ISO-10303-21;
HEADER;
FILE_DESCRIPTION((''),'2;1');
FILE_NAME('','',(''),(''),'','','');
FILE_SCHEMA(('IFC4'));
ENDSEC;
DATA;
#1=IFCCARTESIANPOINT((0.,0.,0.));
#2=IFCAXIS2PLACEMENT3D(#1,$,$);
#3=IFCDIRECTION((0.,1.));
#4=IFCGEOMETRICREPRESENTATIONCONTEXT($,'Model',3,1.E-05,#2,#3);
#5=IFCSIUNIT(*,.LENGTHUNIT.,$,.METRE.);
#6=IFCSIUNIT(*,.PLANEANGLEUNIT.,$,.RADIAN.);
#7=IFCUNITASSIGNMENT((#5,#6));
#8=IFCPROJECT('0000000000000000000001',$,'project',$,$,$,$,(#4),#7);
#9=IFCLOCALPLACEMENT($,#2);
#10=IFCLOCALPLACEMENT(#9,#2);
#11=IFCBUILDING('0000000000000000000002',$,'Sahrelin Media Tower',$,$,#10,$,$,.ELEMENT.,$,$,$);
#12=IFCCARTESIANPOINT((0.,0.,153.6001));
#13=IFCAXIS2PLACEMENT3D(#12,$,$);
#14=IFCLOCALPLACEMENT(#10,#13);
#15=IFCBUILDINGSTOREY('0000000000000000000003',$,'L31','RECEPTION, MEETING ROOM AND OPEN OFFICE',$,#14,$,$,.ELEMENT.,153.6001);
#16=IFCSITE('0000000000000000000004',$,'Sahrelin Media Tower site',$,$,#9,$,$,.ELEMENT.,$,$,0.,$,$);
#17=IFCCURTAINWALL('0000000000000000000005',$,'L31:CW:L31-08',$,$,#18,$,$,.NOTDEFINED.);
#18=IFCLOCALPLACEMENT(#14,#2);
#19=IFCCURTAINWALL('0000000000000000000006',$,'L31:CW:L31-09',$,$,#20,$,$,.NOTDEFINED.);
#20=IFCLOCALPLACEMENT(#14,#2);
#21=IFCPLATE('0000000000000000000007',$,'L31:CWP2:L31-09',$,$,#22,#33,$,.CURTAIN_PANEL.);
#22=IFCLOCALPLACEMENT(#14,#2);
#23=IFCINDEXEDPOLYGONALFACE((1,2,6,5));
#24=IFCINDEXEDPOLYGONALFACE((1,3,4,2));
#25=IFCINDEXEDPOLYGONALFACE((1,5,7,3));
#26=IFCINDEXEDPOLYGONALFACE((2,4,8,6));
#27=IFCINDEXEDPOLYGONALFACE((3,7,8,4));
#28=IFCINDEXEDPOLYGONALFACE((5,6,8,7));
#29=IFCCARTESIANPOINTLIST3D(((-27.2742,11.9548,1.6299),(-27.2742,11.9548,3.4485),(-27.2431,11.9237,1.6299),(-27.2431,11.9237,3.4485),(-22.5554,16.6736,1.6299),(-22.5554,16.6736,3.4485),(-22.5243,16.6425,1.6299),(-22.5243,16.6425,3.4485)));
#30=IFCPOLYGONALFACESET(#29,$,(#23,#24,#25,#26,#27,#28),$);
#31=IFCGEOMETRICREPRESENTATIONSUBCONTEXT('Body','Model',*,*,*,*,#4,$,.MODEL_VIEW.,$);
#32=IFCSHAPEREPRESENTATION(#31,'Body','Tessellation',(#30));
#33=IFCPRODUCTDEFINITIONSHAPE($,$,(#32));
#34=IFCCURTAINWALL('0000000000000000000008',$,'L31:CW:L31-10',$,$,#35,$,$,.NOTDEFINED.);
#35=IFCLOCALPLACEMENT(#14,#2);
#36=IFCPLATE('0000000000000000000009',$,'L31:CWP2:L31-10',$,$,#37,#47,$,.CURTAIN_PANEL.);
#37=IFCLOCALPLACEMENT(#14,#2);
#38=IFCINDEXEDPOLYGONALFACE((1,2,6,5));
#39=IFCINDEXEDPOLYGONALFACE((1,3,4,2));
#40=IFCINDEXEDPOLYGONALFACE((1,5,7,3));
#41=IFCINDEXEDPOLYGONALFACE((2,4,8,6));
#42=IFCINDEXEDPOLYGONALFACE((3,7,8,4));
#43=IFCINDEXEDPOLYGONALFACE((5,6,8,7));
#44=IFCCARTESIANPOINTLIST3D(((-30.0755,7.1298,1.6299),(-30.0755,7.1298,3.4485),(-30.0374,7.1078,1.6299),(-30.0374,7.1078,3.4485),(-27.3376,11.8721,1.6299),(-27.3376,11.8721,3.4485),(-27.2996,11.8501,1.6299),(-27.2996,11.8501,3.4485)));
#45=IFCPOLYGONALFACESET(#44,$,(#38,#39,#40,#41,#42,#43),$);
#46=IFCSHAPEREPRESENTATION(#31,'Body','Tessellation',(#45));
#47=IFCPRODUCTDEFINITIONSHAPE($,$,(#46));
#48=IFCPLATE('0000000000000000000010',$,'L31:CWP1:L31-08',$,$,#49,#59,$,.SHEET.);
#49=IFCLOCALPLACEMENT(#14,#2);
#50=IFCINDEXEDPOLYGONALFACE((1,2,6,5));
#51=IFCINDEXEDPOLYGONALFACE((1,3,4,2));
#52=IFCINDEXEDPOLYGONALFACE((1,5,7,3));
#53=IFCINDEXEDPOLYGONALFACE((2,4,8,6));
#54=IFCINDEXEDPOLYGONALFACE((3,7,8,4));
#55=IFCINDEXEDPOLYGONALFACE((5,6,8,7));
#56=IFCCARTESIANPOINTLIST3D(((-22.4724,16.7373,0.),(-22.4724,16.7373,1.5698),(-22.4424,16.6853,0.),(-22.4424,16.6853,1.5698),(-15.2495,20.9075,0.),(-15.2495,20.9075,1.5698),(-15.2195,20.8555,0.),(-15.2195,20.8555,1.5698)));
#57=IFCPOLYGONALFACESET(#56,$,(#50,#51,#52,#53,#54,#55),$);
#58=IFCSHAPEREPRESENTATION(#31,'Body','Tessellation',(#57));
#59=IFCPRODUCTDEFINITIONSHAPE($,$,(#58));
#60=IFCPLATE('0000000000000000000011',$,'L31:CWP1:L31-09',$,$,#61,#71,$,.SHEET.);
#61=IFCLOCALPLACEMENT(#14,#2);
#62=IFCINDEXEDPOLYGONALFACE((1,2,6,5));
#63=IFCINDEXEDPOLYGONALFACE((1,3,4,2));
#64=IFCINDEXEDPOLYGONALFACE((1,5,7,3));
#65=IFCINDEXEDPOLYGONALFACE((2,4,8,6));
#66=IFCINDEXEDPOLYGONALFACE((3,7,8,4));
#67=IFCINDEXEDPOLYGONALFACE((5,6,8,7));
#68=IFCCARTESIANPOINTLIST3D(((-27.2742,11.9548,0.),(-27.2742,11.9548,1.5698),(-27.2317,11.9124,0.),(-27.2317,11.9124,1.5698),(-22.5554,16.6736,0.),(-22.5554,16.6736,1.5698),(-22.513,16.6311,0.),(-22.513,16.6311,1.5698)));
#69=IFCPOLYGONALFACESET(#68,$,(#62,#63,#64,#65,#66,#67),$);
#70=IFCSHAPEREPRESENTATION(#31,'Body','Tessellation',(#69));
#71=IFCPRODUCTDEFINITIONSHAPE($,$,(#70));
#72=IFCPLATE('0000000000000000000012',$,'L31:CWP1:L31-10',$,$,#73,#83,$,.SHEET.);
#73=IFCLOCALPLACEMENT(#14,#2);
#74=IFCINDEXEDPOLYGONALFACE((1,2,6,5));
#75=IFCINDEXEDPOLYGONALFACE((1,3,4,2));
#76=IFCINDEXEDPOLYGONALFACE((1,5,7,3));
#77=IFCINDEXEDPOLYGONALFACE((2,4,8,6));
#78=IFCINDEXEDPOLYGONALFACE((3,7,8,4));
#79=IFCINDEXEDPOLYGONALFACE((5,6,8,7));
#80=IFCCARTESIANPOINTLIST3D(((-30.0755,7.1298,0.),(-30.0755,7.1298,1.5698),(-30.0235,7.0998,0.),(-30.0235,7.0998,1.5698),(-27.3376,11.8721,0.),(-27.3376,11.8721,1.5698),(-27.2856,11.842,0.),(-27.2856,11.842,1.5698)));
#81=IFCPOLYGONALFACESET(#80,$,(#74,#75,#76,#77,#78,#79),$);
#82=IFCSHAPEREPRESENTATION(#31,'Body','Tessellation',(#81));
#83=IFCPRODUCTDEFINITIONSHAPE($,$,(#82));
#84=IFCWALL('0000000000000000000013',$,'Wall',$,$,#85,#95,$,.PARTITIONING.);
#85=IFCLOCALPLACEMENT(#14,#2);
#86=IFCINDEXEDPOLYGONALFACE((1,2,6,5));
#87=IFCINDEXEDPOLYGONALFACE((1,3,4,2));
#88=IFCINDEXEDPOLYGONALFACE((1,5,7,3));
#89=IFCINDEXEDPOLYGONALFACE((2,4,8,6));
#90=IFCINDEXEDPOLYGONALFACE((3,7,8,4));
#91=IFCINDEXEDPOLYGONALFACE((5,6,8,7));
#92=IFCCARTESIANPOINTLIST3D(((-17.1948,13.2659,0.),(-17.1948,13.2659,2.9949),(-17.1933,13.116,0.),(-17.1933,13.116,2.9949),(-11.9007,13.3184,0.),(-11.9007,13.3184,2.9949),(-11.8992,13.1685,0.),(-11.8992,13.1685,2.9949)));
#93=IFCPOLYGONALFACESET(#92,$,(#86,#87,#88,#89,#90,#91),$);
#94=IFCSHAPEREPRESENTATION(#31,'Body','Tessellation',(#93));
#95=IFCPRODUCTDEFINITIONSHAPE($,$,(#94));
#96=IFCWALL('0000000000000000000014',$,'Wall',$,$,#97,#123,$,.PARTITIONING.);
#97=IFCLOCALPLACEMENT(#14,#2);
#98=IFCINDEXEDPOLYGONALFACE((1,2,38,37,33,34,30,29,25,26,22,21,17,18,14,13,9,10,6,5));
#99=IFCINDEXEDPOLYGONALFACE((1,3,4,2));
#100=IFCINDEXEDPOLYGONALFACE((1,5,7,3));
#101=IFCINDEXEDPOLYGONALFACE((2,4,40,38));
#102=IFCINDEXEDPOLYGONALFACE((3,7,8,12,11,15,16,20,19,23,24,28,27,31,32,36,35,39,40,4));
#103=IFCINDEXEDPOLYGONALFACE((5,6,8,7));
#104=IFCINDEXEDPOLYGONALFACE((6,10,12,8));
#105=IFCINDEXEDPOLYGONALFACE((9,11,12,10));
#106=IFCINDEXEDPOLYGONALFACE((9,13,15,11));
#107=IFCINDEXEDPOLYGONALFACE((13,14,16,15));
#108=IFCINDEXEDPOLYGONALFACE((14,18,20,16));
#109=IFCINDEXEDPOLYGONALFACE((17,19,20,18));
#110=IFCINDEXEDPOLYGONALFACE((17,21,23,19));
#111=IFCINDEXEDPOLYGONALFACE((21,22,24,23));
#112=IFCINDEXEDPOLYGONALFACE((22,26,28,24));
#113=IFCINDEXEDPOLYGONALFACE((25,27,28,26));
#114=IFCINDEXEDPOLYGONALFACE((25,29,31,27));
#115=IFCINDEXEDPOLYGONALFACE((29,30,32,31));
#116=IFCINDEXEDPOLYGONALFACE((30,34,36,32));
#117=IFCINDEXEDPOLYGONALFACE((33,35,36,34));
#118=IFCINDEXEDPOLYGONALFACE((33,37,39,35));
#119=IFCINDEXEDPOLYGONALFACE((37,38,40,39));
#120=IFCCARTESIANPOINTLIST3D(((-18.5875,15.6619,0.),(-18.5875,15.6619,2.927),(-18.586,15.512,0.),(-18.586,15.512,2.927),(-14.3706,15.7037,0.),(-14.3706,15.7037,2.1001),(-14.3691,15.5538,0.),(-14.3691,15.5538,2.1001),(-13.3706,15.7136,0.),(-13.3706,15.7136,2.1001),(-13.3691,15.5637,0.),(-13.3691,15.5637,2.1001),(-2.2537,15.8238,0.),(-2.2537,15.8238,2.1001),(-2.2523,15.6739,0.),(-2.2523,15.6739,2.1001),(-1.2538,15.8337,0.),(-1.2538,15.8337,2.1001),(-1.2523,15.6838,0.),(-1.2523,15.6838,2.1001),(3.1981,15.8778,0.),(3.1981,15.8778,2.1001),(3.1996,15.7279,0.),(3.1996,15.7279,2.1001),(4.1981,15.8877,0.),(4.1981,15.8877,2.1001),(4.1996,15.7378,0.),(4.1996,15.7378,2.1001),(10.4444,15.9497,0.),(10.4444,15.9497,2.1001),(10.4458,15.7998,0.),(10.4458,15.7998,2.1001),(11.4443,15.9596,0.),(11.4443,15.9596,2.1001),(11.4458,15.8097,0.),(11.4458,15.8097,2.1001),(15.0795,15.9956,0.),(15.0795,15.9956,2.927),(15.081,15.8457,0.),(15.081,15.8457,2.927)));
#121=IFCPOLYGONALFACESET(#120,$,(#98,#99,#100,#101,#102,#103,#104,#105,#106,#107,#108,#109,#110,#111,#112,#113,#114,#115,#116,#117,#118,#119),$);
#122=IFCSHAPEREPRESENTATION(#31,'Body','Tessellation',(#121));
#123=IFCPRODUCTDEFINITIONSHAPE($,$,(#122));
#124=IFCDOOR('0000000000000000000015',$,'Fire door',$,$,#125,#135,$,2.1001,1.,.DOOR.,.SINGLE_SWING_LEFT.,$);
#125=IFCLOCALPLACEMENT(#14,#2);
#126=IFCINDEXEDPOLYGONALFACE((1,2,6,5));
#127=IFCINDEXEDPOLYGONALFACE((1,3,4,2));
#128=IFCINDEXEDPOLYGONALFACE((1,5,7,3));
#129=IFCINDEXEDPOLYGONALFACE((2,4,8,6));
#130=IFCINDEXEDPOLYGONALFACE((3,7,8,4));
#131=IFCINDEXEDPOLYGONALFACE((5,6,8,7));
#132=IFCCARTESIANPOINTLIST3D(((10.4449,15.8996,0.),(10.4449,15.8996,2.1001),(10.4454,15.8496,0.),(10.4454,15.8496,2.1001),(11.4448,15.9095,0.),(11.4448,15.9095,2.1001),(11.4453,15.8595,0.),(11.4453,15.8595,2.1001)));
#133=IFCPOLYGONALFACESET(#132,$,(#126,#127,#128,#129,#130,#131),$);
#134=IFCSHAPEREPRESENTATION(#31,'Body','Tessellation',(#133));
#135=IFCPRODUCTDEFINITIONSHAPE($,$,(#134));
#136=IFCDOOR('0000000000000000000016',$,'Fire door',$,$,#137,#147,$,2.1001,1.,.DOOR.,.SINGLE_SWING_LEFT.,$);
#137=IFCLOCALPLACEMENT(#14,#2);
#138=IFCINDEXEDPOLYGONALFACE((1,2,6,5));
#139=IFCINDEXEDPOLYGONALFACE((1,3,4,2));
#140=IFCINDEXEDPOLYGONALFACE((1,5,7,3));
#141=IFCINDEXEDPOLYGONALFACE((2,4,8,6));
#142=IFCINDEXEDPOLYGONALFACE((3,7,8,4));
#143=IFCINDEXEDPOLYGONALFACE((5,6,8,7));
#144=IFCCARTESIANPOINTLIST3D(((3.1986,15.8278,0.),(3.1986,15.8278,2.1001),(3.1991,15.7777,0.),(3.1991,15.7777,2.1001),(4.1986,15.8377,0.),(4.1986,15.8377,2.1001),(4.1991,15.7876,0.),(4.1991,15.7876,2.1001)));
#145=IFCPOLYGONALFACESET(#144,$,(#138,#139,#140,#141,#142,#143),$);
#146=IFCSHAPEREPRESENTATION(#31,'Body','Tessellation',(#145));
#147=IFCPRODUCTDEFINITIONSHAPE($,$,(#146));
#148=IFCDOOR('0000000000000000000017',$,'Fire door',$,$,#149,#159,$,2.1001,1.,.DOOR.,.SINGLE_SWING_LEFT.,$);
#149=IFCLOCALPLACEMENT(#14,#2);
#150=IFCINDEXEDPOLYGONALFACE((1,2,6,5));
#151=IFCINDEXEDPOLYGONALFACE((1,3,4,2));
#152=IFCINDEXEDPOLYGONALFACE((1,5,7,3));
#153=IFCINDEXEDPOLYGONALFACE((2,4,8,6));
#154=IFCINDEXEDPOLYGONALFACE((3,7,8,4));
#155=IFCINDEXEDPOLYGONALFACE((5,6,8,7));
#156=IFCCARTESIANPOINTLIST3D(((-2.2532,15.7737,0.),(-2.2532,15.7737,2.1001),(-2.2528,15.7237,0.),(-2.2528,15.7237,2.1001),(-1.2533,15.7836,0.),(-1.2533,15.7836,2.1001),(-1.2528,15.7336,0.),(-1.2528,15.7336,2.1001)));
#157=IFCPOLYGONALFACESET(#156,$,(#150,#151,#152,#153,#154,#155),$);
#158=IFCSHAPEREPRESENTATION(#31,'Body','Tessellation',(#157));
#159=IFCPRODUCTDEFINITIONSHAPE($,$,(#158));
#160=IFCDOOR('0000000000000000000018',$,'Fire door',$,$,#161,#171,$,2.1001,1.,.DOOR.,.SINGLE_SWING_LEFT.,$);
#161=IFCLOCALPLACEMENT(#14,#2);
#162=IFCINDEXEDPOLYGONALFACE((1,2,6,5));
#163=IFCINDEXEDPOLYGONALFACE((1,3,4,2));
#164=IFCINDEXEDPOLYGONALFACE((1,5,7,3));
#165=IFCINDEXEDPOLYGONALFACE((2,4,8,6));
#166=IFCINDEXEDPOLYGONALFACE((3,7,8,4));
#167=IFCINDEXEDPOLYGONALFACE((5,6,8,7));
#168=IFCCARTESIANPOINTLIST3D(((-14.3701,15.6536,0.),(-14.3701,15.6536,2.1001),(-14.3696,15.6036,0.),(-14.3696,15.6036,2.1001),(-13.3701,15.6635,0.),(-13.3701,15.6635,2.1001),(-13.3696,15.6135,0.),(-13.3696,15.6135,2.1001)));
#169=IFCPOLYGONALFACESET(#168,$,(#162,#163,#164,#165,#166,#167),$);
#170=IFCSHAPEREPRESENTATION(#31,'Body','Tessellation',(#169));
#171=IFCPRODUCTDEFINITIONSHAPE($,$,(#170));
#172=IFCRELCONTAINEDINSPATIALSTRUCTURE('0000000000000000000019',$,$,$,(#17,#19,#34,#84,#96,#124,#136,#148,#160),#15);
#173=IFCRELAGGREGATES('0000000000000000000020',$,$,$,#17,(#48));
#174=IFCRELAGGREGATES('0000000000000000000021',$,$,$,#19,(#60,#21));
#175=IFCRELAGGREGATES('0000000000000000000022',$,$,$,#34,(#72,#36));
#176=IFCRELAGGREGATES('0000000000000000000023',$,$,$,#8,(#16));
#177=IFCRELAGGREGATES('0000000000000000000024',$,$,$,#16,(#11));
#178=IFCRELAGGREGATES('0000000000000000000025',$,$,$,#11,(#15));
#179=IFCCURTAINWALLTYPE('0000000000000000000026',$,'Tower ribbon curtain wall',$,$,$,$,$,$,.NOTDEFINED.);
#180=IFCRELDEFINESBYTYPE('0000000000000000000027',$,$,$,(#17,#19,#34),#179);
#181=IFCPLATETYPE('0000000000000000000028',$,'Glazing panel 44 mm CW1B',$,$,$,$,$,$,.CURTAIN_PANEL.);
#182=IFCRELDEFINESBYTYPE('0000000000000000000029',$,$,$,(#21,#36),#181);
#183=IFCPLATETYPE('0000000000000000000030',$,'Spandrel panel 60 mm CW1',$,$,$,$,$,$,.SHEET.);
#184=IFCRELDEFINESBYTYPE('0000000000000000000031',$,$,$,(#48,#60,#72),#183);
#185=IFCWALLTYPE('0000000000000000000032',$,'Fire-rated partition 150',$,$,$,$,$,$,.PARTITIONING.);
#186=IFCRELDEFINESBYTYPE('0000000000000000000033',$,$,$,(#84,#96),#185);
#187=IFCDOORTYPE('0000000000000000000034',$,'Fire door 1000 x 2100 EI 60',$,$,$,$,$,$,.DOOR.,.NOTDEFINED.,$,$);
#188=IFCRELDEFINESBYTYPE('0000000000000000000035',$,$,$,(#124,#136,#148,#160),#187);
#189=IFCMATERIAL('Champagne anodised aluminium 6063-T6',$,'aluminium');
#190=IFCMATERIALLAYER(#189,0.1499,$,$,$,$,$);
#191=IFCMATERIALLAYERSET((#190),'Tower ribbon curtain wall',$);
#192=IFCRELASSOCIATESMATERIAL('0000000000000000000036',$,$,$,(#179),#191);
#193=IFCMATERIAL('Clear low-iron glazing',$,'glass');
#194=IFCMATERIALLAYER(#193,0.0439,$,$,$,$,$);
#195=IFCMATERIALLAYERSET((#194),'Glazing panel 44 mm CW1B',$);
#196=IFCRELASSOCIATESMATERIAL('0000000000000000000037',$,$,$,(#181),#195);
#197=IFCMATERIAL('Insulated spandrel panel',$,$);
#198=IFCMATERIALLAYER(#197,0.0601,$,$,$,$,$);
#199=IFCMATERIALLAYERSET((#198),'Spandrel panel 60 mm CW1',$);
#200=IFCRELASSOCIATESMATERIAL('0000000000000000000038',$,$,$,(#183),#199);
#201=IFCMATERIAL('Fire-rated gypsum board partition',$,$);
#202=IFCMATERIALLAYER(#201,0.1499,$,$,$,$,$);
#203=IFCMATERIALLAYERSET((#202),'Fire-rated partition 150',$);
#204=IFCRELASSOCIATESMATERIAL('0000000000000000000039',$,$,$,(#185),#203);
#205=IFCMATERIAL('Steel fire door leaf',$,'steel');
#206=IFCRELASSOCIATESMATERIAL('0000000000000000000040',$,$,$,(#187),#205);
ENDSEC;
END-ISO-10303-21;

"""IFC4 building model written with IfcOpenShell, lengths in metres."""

from ifc_helpers import new_model, si_unit, direction, frame, frame_2d, origin, place, context, subcontext, project, spatial, polyline, rectangle, outline, extrude, material, layer, layer_set, type_object, element, fill, aggregate, save


model = new_model("IFC4")

# Units and contexts
model_context = context("Model", 3, precision=1e-05, world=origin(), true_north=direction((0.0, 1.0)))
body_context = subcontext(model_context, "Body", "Model", "MODEL_VIEW")
ifc_project = project(units=[si_unit("LENGTHUNIT", "METRE"), si_unit("PLANEANGLEUNIT", "RADIAN")], contexts=[model_context])

# Site, building, storey
site_placement = place(None, origin())
site = spatial("IfcSite", under=ifc_project, at=site_placement, Name="Sahrelin Media Tower site", CompositionType="ELEMENT", RefElevation=0.0)
building_placement = place(site_placement, origin())
building = spatial("IfcBuilding", under=site, at=building_placement, Name="Sahrelin Media Tower", CompositionType="ELEMENT")
storey_placement = place(building_placement, frame((0.0, 0.0, 153.6001)))
storey = spatial("IfcBuildingStorey", under=building, at=storey_placement, Name="L31", Description="RECEPTION, MEETING ROOM AND OPEN OFFICE", CompositionType="ELEMENT", Elevation=153.6001)

# Curtain walls
ifc_material_1 = material(Name="Champagne anodised aluminium 6063-T6", Category="aluminium")
ifc_layer_1 = layer(ifc_material_1, 0.1499)
ifc_layer_set_1 = layer_set([ifc_layer_1], Name="Tower ribbon curtain wall")
curtain_wall_type = type_object("IfcCurtainWallType", Name="Tower ribbon curtain wall", PredefinedType="NOTDEFINED", material=ifc_layer_set_1)
curtain_wall_1_placement = place(storey_placement, frame((-18.8511, 18.8049, 0.0), z_axis=(0.0, 0.0, 1.0), x_axis=(1.0, 0.0, 0.0)))
curtain_wall_1 = element("IfcCurtainWall", 1, at=curtain_wall_1_placement, inside=storey, type_object=curtain_wall_type, Name="L31:CW:L31-08", PredefinedType="NOTDEFINED")
curtain_wall_2_placement = place(storey_placement, frame((-24.9004, 14.3, 0.0), z_axis=(0.0, 0.0, 1.0), x_axis=(1.0, 0.0, 0.0)))
curtain_wall_2 = element("IfcCurtainWall", 2, at=curtain_wall_2_placement, inside=storey, type_object=curtain_wall_type, Name="L31:CW:L31-09", PredefinedType="NOTDEFINED")

# Plate
ifc_material_2 = material(Name="Clear low-iron glazing", Category="glass")
ifc_layer_2 = layer(ifc_material_2, 0.0439)
ifc_layer_set_2 = layer_set([ifc_layer_2], Name="Glazing panel 44 mm CW1B")
plate_type_1 = type_object("IfcPlateType", Name="Glazing panel 44 mm CW1B", PredefinedType="CURTAIN_PANEL", material=ifc_layer_set_2)
plate_1_placement = place(storey_placement, frame((-22.5554, 16.6736, 1.6299), z_axis=(-0.707107, 0.707107, 0.0), x_axis=(-0.707107, -0.707107, 0.0)))
plate_1 = element("IfcPlate", 3, at=plate_1_placement, type_object=plate_type_1, Name="L31:CWP2:L31-09", PredefinedType="CURTAIN_PANEL", context=body_context, shape_type="SweptSolid", body=[
    extrude(outline(polyline([(0.0, 0.0), (6.6733, 0.0), (6.6733, 1.8186), (0.0, 1.8186), (0.0, 0.0)])), origin(), (0.0, 0.0, -1.0), 0.0439),
])

# Curtain wall, plate
curtain_wall_3_placement = place(storey_placement, frame((-28.6892, 9.491, 0.0), z_axis=(0.0, 0.0, 1.0), x_axis=(1.0, 0.0, 0.0)))
curtain_wall_3 = element("IfcCurtainWall", 4, at=curtain_wall_3_placement, inside=storey, type_object=curtain_wall_type, Name="L31:CW:L31-10", PredefinedType="NOTDEFINED")
plate_2_placement = place(storey_placement, frame((-27.3376, 11.8721, 1.6299), z_axis=(-0.866034, 0.499985, 0.0), x_axis=(-0.499985, -0.866034, 0.0)))
plate_2 = element("IfcPlate", 5, at=plate_2_placement, type_object=plate_type_1, Name="L31:CWP2:L31-10", PredefinedType="CURTAIN_PANEL", context=body_context, shape_type="SweptSolid", body=[
    extrude(outline(polyline([(0.0, 0.0), (5.4758, 0.0), (5.4758, 1.8186), (0.0, 1.8186), (0.0, 0.0)])), origin(), (0.0, 0.0, -1.0), 0.0439),
])

# Plates
ifc_material_3 = material(Name="Insulated spandrel panel")
ifc_layer_3 = layer(ifc_material_3, 0.0601)
ifc_layer_set_3 = layer_set([ifc_layer_3], Name="Spandrel panel 60 mm CW1")
plate_type_2 = type_object("IfcPlateType", Name="Spandrel panel 60 mm CW1", PredefinedType="SHEET", material=ifc_layer_set_3)
plate_3_placement = place(storey_placement, frame((-15.2495, 20.9075, 0.0), z_axis=(-0.500002, 0.866024, 0.0), x_axis=(-0.866024, -0.500002, 0.0)))
plate_3 = element("IfcPlate", 6, at=plate_3_placement, type_object=plate_type_2, Name="L31:CWP1:L31-08", PredefinedType="SHEET", context=body_context, shape_type="SweptSolid", body=[
    extrude(outline(polyline([(0.0, 0.0), (8.3403, 0.0), (8.3403, 1.5698), (0.0, 1.5698), (0.0, 0.0)])), origin(), (0.0, 0.0, -1.0), 0.0601),
])
aggregate(curtain_wall_1, [plate_3])
plate_4_placement = place(storey_placement, frame((-22.5554, 16.6736, 0.0), z_axis=(-0.707107, 0.707107, 0.0), x_axis=(-0.707107, -0.707107, 0.0)))
plate_4 = element("IfcPlate", 7, at=plate_4_placement, type_object=plate_type_2, Name="L31:CWP1:L31-09", PredefinedType="SHEET", context=body_context, shape_type="SweptSolid", body=[
    extrude(outline(polyline([(0.0, 0.0), (6.6733, 0.0), (6.6733, 1.5698), (0.0, 1.5698), (0.0, 0.0)])), origin(), (0.0, 0.0, -1.0), 0.0601),
])
aggregate(curtain_wall_2, [plate_4, plate_1])
plate_5_placement = place(storey_placement, frame((-27.3376, 11.8721, 0.0), z_axis=(-0.866034, 0.499985, 0.0), x_axis=(-0.499985, -0.866034, 0.0)))
plate_5 = element("IfcPlate", 8, at=plate_5_placement, type_object=plate_type_2, Name="L31:CWP1:L31-10", PredefinedType="SHEET", context=body_context, shape_type="SweptSolid", body=[
    extrude(outline(polyline([(0.0, 0.0), (5.4758, 0.0), (5.4758, 1.5698), (0.0, 1.5698), (0.0, 0.0)])), origin(), (0.0, 0.0, -1.0), 0.0601),
])
aggregate(curtain_wall_3, [plate_5, plate_2])

# Wall
ifc_material_4 = material(Name="Fire-rated gypsum board partition")
ifc_layer_4 = layer(ifc_material_4, 0.1499)
ifc_layer_set_4 = layer_set([ifc_layer_4], Name="Fire-rated partition 150")
wall_type_1 = type_object("IfcWallType", Name="Fire-rated partition 150", PredefinedType="PARTITIONING", material=ifc_layer_set_4)
wall_1_placement = place(storey_placement, frame((-17.1941, 13.1909, 0.0), z_axis=(0.0, 0.0, 1.0), x_axis=(0.999951, 0.009914, 0.0)))
element("IfcWall", 9, at=wall_1_placement, inside=storey, type_object=wall_type_1, Name="Wall", PredefinedType="PARTITIONING", context=body_context, shape_type="SweptSolid", body=[
    extrude(rectangle(XDim=5.2944, YDim=0.1499, at=frame_2d((2.6472, 0.0))), origin(), (0.0, 0.0, 1.0), 2.9949),
])

# Wall, openings, doors
wall_2_placement = place(storey_placement, frame((-18.5869, 15.5869, 0.0), z_axis=(0.0, 0.0, 1.0), x_axis=(0.999951, 0.009912, 0.0)))
wall_2 = element("IfcWall", 10, at=wall_2_placement, inside=storey, type_object=wall_type_1, Name="Wall", PredefinedType="PARTITIONING", context=body_context, shape_type="SweptSolid", body=[
    extrude(rectangle(XDim=33.6687, YDim=0.1499, at=frame_2d((16.8345, 0.0))), origin(), (0.0, 0.0, 1.0), 2.927),
])
opening_1_placement = place(wall_2_placement, frame((29.0334, 0.0, 0.0)))
opening_1 = element("IfcOpeningElement", 11, at=opening_1_placement, cuts=wall_2, PredefinedType="OPENING", context=body_context, shape_type="SweptSolid", body=[
    extrude(rectangle(XDim=1.0, YDim=2.1001, at=frame_2d((0.5, 1.05))), frame((0.0, 0.075, 0.0), z_axis=(0.0, -1.0, 0.0), x_axis=(1.0, 0.0, 0.0)), (0.0, 0.0, 1.0), 0.1499),
])
opening_2_placement = place(wall_2_placement, frame((21.7869, 0.0, 0.0)))
opening_2 = element("IfcOpeningElement", 12, at=opening_2_placement, cuts=wall_2, PredefinedType="OPENING", context=body_context, shape_type="SweptSolid", body=[
    extrude(rectangle(XDim=1.0, YDim=2.1001, at=frame_2d((0.5, 1.05))), frame((0.0, 0.075, 0.0), z_axis=(0.0, -1.0, 0.0), x_axis=(1.0, 0.0, 0.0)), (0.0, 0.0, 1.0), 0.1499),
])
opening_3_placement = place(wall_2_placement, frame((16.3347, 0.0, 0.0)))
opening_3 = element("IfcOpeningElement", 13, at=opening_3_placement, cuts=wall_2, PredefinedType="OPENING", context=body_context, shape_type="SweptSolid", body=[
    extrude(rectangle(XDim=1.0, YDim=2.1001, at=frame_2d((0.5, 1.05))), frame((0.0, 0.075, 0.0), z_axis=(0.0, -1.0, 0.0), x_axis=(1.0, 0.0, 0.0)), (0.0, 0.0, 1.0), 0.1499),
])
opening_4_placement = place(wall_2_placement, frame((4.2173, 0.0, 0.0)))
opening_4 = element("IfcOpeningElement", 14, at=opening_4_placement, cuts=wall_2, PredefinedType="OPENING", context=body_context, shape_type="SweptSolid", body=[
    extrude(rectangle(XDim=1.0, YDim=2.1001, at=frame_2d((0.5, 1.05))), frame((0.0, 0.075, 0.0), z_axis=(0.0, -1.0, 0.0), x_axis=(1.0, 0.0, 0.0)), (0.0, 0.0, 1.0), 0.1499),
])
ifc_material_5 = material(Name="Steel fire door leaf", Category="steel")
door_type = type_object("IfcDoorType", Name="Fire door 1000 x 2100 EI 60", OperationType="NOTDEFINED", PredefinedType="DOOR", material=ifc_material_5)
door_1_placement = place(opening_1_placement, origin())
door_1 = element("IfcDoor", 15, at=door_1_placement, inside=storey, type_object=door_type, Name="Fire door", OperationType="SINGLE_SWING_LEFT", OverallHeight=2.1001, OverallWidth=1.0, PredefinedType="DOOR", context=body_context, shape_type="SweptSolid", body=[
    extrude(rectangle(XDim=1.0, YDim=2.1001, at=frame_2d((0.5, 1.05))), frame((0.0, 0.0249, 0.0), z_axis=(0.0, -1.0, 0.0), x_axis=(1.0, 0.0, 0.0)), (0.0, 0.0, 1.0), 0.05),
])
fill(opening_1, door_1)
door_2_placement = place(opening_2_placement, origin())
door_2 = element("IfcDoor", 16, at=door_2_placement, inside=storey, type_object=door_type, Name="Fire door", OperationType="SINGLE_SWING_LEFT", OverallHeight=2.1001, OverallWidth=1.0, PredefinedType="DOOR", context=body_context, shape_type="SweptSolid", body=[
    extrude(rectangle(XDim=1.0, YDim=2.1001, at=frame_2d((0.5, 1.05))), frame((0.0, 0.0249, 0.0), z_axis=(0.0, -1.0, 0.0), x_axis=(1.0, 0.0, 0.0)), (0.0, 0.0, 1.0), 0.05),
])
fill(opening_2, door_2)
door_3_placement = place(opening_3_placement, origin())
door_3 = element("IfcDoor", 17, at=door_3_placement, inside=storey, type_object=door_type, Name="Fire door", OperationType="SINGLE_SWING_LEFT", OverallHeight=2.1001, OverallWidth=1.0, PredefinedType="DOOR", context=body_context, shape_type="SweptSolid", body=[
    extrude(rectangle(XDim=1.0, YDim=2.1001, at=frame_2d((0.5, 1.05))), frame((0.0, 0.0249, 0.0), z_axis=(0.0, -1.0, 0.0), x_axis=(1.0, 0.0, 0.0)), (0.0, 0.0, 1.0), 0.05),
])
fill(opening_3, door_3)
door_4_placement = place(opening_4_placement, origin())
door_4 = element("IfcDoor", 18, at=door_4_placement, inside=storey, type_object=door_type, Name="Fire door", OperationType="SINGLE_SWING_LEFT", OverallHeight=2.1001, OverallWidth=1.0, PredefinedType="DOOR", context=body_context, shape_type="SweptSolid", body=[
    extrude(rectangle(XDim=1.0, YDim=2.1001, at=frame_2d((0.5, 1.05))), frame((0.0, 0.0249, 0.0), z_axis=(0.0, -1.0, 0.0), x_axis=(1.0, 0.0, 0.0)), (0.0, 0.0, 1.0), 0.05),
])
fill(opening_4, door_4)

save(model, "model.ifc")
